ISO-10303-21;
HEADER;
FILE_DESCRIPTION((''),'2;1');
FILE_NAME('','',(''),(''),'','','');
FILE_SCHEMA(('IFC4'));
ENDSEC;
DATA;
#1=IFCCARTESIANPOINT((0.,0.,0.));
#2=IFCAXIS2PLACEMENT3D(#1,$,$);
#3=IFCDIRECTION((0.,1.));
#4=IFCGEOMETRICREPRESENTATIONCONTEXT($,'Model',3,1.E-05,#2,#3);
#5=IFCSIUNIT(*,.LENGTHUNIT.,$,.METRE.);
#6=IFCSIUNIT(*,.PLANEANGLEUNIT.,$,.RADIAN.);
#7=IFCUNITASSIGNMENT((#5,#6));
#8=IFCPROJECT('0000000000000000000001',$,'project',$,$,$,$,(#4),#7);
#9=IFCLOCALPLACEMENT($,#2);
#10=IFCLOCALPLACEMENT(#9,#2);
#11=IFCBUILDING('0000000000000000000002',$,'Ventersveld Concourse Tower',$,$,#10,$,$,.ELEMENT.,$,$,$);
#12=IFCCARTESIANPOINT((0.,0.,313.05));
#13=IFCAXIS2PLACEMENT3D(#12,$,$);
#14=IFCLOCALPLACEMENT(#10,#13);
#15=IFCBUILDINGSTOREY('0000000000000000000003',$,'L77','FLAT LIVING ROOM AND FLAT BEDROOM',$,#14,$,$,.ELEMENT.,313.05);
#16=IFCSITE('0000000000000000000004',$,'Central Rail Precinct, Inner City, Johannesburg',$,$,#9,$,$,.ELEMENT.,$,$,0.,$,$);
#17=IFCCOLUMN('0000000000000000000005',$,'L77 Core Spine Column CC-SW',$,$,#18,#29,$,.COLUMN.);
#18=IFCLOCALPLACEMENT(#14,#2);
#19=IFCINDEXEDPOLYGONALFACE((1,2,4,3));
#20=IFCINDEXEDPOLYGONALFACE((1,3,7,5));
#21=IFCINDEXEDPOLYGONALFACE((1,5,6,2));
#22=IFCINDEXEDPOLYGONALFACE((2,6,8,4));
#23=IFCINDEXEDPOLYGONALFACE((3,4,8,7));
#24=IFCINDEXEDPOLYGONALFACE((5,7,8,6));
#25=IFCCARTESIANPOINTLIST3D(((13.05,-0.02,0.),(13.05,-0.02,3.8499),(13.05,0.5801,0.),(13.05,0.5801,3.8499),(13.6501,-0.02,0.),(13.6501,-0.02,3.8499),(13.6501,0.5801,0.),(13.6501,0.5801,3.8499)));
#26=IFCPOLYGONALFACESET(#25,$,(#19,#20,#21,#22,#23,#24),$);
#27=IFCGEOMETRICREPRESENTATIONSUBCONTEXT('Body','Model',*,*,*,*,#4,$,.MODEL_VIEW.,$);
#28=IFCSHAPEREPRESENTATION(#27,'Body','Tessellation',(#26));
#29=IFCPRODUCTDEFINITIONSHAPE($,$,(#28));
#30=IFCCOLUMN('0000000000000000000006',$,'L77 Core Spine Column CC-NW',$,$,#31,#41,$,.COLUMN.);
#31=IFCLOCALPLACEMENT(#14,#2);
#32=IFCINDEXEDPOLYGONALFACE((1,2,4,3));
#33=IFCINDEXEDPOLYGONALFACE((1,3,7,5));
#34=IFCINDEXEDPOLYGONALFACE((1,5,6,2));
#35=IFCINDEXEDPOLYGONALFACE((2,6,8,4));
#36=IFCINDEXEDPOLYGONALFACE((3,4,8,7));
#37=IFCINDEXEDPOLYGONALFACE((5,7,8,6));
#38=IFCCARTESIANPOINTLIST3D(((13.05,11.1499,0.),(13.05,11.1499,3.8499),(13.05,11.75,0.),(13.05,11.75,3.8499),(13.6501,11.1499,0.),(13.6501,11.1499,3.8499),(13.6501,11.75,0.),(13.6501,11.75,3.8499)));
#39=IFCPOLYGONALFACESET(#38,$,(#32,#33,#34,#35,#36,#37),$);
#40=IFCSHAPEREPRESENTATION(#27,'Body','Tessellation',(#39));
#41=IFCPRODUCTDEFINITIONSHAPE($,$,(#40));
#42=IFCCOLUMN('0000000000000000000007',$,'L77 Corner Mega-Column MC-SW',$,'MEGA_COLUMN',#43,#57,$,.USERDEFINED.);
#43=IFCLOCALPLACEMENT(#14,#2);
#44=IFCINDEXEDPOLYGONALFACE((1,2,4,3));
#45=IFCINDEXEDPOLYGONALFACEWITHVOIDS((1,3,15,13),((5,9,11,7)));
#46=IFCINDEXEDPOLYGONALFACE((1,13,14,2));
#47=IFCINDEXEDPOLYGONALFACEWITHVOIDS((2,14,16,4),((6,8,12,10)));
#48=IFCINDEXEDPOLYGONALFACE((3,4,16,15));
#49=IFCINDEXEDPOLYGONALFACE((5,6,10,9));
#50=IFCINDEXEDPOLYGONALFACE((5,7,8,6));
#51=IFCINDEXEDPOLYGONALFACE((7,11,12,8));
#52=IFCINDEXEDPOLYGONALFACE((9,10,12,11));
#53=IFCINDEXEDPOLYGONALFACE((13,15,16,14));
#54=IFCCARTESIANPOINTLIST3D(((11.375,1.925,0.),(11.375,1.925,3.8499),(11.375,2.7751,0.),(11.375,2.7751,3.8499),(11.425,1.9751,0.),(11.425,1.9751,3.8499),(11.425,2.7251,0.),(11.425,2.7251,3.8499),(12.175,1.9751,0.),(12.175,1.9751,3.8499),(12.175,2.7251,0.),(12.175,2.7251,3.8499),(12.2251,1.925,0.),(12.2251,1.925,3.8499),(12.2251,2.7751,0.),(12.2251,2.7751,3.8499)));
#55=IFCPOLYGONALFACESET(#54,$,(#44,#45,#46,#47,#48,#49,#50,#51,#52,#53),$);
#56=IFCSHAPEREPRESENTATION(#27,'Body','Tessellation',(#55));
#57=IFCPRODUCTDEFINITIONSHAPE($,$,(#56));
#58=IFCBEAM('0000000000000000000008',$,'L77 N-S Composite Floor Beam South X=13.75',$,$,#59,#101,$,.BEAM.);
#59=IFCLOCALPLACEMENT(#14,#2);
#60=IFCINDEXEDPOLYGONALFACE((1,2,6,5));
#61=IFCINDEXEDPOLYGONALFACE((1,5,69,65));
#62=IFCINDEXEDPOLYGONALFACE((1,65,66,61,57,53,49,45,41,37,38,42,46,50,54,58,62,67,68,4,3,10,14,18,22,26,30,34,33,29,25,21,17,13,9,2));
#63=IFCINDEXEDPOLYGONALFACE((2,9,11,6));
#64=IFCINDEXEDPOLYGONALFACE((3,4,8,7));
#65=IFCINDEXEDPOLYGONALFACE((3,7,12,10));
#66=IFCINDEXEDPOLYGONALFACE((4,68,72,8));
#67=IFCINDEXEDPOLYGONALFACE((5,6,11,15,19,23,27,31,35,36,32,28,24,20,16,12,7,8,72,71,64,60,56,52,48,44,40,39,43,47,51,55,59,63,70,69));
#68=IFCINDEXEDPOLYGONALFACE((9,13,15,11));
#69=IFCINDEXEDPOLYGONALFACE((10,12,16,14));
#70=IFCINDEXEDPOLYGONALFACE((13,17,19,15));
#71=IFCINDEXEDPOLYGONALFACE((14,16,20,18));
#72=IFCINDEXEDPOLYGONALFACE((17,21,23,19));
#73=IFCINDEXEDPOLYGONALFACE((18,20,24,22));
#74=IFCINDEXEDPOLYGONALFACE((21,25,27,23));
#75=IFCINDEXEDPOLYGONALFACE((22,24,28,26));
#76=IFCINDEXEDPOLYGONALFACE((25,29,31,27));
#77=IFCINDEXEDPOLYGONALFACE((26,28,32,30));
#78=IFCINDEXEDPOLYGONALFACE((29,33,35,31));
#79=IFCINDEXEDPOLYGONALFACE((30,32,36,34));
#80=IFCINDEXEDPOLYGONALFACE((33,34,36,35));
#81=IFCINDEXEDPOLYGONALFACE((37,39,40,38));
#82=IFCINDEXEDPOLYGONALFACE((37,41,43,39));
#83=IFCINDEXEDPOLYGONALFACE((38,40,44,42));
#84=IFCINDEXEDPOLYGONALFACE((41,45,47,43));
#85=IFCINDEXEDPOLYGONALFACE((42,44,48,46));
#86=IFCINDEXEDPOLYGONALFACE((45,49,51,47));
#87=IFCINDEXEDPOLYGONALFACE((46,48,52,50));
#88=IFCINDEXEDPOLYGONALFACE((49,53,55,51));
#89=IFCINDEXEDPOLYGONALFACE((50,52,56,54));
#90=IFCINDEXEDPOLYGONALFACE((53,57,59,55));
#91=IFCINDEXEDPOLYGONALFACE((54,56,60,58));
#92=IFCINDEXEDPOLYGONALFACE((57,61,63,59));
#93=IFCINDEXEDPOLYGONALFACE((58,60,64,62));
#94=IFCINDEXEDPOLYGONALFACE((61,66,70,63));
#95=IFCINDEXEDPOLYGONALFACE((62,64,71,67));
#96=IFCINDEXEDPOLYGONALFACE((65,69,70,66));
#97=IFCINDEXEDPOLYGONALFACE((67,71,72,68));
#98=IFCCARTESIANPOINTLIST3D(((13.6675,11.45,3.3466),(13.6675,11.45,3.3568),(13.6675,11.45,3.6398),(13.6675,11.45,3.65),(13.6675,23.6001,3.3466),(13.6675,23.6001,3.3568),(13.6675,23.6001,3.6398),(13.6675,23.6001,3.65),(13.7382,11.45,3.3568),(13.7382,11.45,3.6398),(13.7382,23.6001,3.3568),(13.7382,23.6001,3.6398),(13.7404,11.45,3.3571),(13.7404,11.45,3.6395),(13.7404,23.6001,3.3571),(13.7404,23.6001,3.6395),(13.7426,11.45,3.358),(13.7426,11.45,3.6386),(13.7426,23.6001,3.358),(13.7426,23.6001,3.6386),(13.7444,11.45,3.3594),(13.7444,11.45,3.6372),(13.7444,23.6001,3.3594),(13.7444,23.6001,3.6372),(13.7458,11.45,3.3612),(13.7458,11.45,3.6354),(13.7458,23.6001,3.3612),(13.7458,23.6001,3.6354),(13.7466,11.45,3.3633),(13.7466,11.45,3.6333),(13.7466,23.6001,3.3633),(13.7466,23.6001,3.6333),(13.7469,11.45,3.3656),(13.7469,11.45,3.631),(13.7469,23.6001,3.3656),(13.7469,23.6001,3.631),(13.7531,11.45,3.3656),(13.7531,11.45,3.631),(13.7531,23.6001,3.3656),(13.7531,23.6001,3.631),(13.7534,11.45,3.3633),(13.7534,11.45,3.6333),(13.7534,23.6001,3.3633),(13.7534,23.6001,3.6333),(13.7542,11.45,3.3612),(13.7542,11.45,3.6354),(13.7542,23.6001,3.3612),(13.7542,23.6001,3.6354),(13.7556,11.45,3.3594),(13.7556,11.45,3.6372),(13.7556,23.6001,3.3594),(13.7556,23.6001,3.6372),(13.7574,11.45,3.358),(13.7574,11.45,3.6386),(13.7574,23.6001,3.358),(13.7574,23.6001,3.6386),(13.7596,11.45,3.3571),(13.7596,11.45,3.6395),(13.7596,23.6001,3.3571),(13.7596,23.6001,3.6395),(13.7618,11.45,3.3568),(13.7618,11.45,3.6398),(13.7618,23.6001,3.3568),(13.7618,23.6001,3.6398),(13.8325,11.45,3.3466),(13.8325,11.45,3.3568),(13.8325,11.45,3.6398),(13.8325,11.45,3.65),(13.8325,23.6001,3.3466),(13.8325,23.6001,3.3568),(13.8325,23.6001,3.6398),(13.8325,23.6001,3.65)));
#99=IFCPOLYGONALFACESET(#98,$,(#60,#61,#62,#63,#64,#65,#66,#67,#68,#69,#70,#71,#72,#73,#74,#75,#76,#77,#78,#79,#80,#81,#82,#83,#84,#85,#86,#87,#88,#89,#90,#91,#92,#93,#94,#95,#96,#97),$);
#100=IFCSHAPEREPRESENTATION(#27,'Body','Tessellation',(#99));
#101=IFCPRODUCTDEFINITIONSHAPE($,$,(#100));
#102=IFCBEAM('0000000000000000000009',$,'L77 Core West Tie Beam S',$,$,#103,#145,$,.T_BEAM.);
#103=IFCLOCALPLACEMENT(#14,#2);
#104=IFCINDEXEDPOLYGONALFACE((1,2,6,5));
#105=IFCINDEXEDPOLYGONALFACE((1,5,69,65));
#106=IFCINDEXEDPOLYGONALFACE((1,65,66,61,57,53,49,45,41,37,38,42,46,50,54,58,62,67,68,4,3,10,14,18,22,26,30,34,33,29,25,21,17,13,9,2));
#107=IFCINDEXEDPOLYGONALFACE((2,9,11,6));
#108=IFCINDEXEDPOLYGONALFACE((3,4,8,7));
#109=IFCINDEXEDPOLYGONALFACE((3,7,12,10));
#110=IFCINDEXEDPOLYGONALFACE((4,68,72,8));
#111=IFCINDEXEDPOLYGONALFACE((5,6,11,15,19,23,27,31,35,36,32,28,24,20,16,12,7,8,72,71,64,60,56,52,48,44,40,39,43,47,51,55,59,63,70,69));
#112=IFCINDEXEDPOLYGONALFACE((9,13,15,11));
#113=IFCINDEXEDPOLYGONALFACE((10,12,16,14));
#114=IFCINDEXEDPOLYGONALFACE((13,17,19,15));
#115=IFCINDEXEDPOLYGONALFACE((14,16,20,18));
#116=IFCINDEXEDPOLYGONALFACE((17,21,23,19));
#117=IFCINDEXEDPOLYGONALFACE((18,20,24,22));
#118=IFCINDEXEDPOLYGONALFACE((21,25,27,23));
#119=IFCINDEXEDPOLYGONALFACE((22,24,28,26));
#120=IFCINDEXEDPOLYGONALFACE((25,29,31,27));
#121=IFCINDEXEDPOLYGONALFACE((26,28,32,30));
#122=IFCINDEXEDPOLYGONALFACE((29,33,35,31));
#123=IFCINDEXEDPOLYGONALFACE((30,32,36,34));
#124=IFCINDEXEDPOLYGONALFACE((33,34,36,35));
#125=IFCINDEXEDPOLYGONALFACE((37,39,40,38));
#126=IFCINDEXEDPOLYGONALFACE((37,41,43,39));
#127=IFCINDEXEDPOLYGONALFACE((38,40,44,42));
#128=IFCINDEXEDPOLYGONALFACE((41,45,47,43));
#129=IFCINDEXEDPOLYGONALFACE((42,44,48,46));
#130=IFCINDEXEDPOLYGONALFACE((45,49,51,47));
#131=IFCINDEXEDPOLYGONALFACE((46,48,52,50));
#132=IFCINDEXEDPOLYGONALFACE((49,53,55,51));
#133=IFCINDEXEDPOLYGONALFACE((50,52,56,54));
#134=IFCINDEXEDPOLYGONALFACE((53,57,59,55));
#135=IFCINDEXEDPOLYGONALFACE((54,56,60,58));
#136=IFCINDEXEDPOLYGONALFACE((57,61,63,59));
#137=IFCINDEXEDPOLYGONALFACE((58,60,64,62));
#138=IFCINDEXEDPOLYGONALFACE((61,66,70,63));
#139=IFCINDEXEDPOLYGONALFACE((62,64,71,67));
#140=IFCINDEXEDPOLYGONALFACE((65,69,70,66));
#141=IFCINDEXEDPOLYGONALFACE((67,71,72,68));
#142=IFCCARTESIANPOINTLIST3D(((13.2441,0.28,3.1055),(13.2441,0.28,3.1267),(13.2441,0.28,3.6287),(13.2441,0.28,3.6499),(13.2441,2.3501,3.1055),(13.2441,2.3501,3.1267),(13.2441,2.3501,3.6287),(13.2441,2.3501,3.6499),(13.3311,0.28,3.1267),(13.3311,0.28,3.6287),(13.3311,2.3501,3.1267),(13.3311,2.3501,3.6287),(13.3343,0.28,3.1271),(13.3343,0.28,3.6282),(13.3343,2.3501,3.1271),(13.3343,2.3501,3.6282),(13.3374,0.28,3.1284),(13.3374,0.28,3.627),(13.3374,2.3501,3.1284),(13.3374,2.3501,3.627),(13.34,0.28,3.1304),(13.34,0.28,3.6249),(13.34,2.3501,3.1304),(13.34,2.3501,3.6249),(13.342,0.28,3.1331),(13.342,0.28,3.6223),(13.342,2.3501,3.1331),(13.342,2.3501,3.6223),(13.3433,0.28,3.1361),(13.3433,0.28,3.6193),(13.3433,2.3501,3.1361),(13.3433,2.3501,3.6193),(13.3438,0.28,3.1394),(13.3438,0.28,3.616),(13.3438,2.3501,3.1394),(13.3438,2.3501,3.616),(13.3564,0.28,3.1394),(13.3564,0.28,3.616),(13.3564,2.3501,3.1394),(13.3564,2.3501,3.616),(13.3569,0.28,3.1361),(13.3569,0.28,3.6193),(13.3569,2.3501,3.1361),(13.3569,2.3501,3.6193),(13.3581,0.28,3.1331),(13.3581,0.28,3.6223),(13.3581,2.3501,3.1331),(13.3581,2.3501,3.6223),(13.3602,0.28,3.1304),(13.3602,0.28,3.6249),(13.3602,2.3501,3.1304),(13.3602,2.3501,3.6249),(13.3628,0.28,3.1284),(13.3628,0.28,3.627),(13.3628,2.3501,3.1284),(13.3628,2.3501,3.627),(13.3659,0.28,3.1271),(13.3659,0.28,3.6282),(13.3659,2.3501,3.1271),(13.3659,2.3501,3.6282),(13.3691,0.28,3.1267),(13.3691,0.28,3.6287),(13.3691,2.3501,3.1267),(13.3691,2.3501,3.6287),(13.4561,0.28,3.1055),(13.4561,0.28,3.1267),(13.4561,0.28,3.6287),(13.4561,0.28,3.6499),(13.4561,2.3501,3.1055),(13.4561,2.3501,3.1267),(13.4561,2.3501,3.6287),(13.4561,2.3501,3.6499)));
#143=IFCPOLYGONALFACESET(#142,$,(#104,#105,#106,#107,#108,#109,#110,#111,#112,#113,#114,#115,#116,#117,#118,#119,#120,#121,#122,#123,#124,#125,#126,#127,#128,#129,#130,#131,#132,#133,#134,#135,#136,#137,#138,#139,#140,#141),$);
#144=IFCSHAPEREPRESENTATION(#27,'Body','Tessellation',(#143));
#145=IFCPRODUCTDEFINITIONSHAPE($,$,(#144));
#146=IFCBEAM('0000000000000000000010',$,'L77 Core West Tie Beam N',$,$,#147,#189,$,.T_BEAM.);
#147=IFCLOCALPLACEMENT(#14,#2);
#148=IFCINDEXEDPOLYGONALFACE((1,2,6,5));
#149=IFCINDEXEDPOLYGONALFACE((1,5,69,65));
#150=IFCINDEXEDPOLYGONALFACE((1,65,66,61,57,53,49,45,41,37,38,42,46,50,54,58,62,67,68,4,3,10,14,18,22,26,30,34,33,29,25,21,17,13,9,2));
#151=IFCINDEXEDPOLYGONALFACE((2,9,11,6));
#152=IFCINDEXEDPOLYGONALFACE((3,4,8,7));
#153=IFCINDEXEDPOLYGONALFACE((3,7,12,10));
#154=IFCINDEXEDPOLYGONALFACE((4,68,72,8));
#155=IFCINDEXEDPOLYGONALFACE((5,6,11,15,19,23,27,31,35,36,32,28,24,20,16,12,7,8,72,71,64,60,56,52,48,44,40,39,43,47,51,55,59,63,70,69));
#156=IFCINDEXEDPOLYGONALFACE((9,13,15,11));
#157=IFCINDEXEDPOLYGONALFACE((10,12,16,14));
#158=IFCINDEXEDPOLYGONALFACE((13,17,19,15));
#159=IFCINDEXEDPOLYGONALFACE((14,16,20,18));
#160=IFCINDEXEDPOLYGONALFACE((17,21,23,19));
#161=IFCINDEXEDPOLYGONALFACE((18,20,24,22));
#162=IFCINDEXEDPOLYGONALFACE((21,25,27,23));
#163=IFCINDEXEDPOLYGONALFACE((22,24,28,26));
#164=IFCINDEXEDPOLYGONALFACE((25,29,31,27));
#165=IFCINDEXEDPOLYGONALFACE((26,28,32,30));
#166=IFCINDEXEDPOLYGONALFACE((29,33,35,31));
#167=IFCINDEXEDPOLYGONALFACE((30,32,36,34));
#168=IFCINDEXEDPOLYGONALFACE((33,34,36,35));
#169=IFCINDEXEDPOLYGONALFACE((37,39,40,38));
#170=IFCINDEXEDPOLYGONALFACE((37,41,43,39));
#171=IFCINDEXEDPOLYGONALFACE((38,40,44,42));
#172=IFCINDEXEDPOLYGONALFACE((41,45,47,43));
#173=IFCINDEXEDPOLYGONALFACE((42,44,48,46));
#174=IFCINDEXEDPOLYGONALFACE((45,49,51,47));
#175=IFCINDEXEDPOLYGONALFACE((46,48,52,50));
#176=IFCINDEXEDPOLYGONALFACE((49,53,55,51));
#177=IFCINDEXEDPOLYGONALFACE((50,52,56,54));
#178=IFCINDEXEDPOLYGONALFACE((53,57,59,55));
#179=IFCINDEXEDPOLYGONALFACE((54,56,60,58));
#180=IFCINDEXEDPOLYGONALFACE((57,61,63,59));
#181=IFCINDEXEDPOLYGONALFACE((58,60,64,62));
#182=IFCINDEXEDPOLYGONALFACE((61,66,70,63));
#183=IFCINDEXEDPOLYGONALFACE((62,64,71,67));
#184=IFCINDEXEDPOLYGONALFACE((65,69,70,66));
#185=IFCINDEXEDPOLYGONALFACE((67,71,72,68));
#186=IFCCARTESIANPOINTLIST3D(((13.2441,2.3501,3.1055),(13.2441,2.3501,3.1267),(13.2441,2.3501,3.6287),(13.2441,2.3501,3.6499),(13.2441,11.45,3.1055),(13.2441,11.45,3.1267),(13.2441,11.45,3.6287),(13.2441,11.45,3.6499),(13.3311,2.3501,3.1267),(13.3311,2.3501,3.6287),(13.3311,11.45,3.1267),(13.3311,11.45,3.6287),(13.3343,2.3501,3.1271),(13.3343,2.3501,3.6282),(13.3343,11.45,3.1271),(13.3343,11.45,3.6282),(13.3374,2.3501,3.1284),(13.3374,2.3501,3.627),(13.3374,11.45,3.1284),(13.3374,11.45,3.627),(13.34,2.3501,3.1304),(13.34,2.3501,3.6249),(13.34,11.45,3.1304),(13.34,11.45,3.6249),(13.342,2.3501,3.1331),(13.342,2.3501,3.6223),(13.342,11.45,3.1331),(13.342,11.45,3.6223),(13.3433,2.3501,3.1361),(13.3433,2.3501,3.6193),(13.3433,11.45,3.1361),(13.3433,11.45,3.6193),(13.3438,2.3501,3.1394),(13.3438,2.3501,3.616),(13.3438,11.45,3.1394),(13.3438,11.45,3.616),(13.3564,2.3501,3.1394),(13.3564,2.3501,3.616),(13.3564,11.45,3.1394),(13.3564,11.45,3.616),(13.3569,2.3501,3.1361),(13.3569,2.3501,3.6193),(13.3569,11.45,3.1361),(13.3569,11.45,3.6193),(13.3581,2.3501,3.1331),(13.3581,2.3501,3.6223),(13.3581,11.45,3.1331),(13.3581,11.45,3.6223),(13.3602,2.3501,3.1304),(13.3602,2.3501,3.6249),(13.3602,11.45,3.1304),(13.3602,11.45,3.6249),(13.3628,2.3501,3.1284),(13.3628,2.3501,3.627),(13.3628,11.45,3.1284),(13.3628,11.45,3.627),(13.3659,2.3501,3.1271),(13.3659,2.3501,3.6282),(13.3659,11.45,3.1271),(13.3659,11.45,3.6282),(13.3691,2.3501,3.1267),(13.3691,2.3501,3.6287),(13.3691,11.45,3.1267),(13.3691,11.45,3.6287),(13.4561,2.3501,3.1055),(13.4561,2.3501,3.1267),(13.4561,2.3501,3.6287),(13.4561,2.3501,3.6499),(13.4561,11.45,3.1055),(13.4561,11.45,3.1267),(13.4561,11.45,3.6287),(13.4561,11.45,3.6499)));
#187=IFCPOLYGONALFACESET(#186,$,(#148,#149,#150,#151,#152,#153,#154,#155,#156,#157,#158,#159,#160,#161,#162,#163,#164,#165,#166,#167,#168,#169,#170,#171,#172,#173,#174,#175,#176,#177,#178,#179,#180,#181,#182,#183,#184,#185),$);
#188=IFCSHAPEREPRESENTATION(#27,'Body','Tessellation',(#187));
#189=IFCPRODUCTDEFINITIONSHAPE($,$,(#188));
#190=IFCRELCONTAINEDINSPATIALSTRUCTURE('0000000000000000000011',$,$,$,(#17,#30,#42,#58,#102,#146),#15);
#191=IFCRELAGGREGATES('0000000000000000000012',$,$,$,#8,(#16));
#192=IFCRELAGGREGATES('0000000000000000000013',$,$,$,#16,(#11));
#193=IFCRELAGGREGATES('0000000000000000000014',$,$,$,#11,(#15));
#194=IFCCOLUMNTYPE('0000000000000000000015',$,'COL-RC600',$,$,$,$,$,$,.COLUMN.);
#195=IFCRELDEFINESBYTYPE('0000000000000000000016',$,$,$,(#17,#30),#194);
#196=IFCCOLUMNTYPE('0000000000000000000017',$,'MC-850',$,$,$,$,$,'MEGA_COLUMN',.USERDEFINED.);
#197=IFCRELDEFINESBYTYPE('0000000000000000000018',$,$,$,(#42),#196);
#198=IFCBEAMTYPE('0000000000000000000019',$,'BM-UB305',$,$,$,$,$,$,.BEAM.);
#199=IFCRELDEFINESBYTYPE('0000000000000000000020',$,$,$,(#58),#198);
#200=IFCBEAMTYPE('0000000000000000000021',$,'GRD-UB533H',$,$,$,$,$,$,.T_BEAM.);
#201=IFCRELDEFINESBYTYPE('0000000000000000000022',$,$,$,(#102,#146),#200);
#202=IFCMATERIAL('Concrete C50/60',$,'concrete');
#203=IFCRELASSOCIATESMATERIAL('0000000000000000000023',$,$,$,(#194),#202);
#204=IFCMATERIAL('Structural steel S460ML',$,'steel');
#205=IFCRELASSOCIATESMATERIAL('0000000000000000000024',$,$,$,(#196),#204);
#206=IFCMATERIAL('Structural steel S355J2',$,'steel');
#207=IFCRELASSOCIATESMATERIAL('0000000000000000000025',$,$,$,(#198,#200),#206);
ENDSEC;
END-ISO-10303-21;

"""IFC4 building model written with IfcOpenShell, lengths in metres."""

from ifc_helpers import new_model, si_unit, direction, frame, origin, origin_2d, place, context, subcontext, project, spatial, rectangle, hollow_rectangle, i_section, extrude, material, material_profile, profile_set, type_object, element, save


model = new_model("IFC4")

# Units and contexts
model_context = context("Model", 3, precision=1e-05, world=origin(), true_north=direction((0.0, 1.0)))
body_context = subcontext(model_context, "Body", "Model", "MODEL_VIEW")
ifc_project = project(units=[si_unit("LENGTHUNIT", "METRE"), si_unit("PLANEANGLEUNIT", "RADIAN")], contexts=[model_context])

# Site, building, storey
site_placement = place(None, origin())
site = spatial("IfcSite", under=ifc_project, at=site_placement, Name="Central Rail Precinct, Inner City, Johannesburg", CompositionType="ELEMENT", RefElevation=0.0)
building_placement = place(site_placement, origin())
building = spatial("IfcBuilding", under=site, at=building_placement, Name="Ventersveld Concourse Tower", CompositionType="ELEMENT")
storey_placement = place(building_placement, frame((0.0, 0.0, 313.05)))
storey = spatial("IfcBuildingStorey", under=building, at=storey_placement, Name="L77", Description="FLAT LIVING ROOM AND FLAT BEDROOM", CompositionType="ELEMENT", Elevation=313.05)

# Columns
ifc_material_1 = material(Name="Concrete C50/60", Category="concrete")
ifc_material_profile_1 = material_profile(ifc_material_1, rectangle(XDim=0.6001, YDim=0.6001, at=origin_2d()), Name="RC 600x600")
ifc_profile_set_1 = profile_set([ifc_material_profile_1], Name="Concrete C50/60")
column_type_1 = type_object("IfcColumnType", Name="COL-RC600", PredefinedType="COLUMN", material=ifc_profile_set_1)
for number, where, z_axis, x_axis, name in (
    (1, (13.3501, 0.28, 0.0), (0.0, 0.0, 1.0), (1.0, 0.0, 0.0), "L77 Core Spine Column CC-SW"),
    (2, (13.3501, 11.45, 0.0), (0.0, 0.0, 1.0), (1.0, 0.0, 0.0), "L77 Core Spine Column CC-NW"),
):
    element("IfcColumn", number, at=place(storey_placement, frame(where, z_axis=z_axis, x_axis=x_axis)), inside=storey, type_object=column_type_1, Name=name, PredefinedType="COLUMN", context=body_context, shape_type="SweptSolid", body=[
        extrude(rectangle(XDim=0.6001, YDim=0.6001, at=origin_2d()), origin(), (0.0, 0.0, 1.0), 3.8499),
    ])
ifc_material_2 = material(Name="Structural steel S460ML", Category="steel")
ifc_material_profile_2 = material_profile(ifc_material_2, hollow_rectangle(XDim=0.8501, YDim=0.8501, WallThickness=0.05, at=origin_2d()), Name="BOX 850x850x50")
ifc_profile_set_2 = profile_set([ifc_material_profile_2], Name="Structural steel S460ML")
column_type_2 = type_object("IfcColumnType", Name="MC-850", ElementType="MEGA_COLUMN", PredefinedType="USERDEFINED", material=ifc_profile_set_2)
column_placement = place(storey_placement, frame((11.8, 2.3501, 0.0), z_axis=(0.0, 0.0, 1.0), x_axis=(1.0, 0.0, 0.0)))
element("IfcColumn", 3, at=column_placement, inside=storey, type_object=column_type_2, Name="L77 Corner Mega-Column MC-SW", ObjectType="MEGA_COLUMN", PredefinedType="USERDEFINED", context=body_context, shape_type="SweptSolid", body=[
    extrude(hollow_rectangle(XDim=0.8501, YDim=0.8501, WallThickness=0.05, at=origin_2d()), origin(), (0.0, 0.0, 1.0), 3.8499),
])

# Beams
ifc_material_3 = material(Name="Structural steel S355J2", Category="steel")
ifc_material_profile_3 = material_profile(ifc_material_3, i_section(OverallWidth=0.165, OverallDepth=0.3035, WebThickness=0.0061, FlangeThickness=0.0103, FilletRadius=0.0088, at=origin_2d()), Name="UB 305x165x40")
ifc_profile_set_3 = profile_set([ifc_material_profile_3], Name="Structural steel S355J2")
beam_type_1 = type_object("IfcBeamType", Name="BM-UB305", PredefinedType="BEAM", material=ifc_profile_set_3)
beam_1_placement = place(storey_placement, frame((13.75, 11.45, 3.4983), z_axis=(0.0, 1.0, 0.0), x_axis=(-1.0, 0.0, 0.0)))
element("IfcBeam", 4, at=beam_1_placement, inside=storey, type_object=beam_type_1, Name="L77 N-S Composite Floor Beam South X=13.75", PredefinedType="BEAM", context=body_context, shape_type="SweptSolid", body=[
    extrude(i_section(OverallWidth=0.165, OverallDepth=0.3035, WebThickness=0.0061, FlangeThickness=0.0103, FilletRadius=0.0088, at=origin_2d()), origin(), (0.0, 0.0, 1.0), 12.1501),
])
ifc_material_profile_4 = material_profile(ifc_material_3, i_section(OverallWidth=0.2119, OverallDepth=0.5444, WebThickness=0.0127, FlangeThickness=0.0212, FilletRadius=0.0127, at=origin_2d()), Name="UB 533x210x122")
ifc_profile_set_4 = profile_set([ifc_material_profile_4], Name="Structural steel S355J2")
beam_type_2 = type_object("IfcBeamType", Name="GRD-UB533H", PredefinedType="T_BEAM", material=ifc_profile_set_4)
beam_2_placement = place(storey_placement, frame((13.3501, 0.28, 3.3777), z_axis=(0.0, 1.0, 0.0), x_axis=(-1.0, 0.0, 0.0)))
element("IfcBeam", 5, at=beam_2_placement, inside=storey, type_object=beam_type_2, Name="L77 Core West Tie Beam S", PredefinedType="T_BEAM", context=body_context, shape_type="SweptSolid", body=[
    extrude(i_section(OverallWidth=0.2119, OverallDepth=0.5444, WebThickness=0.0127, FlangeThickness=0.0212, FilletRadius=0.0127, at=origin_2d()), origin(), (0.0, 0.0, 1.0), 2.0701),
])
beam_3_placement = place(storey_placement, frame((13.3501, 2.3501, 3.3777), z_axis=(0.0, 1.0, 0.0), x_axis=(-1.0, 0.0, 0.0)))
element("IfcBeam", 6, at=beam_3_placement, inside=storey, type_object=beam_type_2, Name="L77 Core West Tie Beam N", PredefinedType="T_BEAM", context=body_context, shape_type="SweptSolid", body=[
    extrude(i_section(OverallWidth=0.2119, OverallDepth=0.5444, WebThickness=0.0127, FlangeThickness=0.0212, FilletRadius=0.0127, at=origin_2d()), origin(), (0.0, 0.0, 1.0), 9.0999),
])

save(model, "model.ifc")
